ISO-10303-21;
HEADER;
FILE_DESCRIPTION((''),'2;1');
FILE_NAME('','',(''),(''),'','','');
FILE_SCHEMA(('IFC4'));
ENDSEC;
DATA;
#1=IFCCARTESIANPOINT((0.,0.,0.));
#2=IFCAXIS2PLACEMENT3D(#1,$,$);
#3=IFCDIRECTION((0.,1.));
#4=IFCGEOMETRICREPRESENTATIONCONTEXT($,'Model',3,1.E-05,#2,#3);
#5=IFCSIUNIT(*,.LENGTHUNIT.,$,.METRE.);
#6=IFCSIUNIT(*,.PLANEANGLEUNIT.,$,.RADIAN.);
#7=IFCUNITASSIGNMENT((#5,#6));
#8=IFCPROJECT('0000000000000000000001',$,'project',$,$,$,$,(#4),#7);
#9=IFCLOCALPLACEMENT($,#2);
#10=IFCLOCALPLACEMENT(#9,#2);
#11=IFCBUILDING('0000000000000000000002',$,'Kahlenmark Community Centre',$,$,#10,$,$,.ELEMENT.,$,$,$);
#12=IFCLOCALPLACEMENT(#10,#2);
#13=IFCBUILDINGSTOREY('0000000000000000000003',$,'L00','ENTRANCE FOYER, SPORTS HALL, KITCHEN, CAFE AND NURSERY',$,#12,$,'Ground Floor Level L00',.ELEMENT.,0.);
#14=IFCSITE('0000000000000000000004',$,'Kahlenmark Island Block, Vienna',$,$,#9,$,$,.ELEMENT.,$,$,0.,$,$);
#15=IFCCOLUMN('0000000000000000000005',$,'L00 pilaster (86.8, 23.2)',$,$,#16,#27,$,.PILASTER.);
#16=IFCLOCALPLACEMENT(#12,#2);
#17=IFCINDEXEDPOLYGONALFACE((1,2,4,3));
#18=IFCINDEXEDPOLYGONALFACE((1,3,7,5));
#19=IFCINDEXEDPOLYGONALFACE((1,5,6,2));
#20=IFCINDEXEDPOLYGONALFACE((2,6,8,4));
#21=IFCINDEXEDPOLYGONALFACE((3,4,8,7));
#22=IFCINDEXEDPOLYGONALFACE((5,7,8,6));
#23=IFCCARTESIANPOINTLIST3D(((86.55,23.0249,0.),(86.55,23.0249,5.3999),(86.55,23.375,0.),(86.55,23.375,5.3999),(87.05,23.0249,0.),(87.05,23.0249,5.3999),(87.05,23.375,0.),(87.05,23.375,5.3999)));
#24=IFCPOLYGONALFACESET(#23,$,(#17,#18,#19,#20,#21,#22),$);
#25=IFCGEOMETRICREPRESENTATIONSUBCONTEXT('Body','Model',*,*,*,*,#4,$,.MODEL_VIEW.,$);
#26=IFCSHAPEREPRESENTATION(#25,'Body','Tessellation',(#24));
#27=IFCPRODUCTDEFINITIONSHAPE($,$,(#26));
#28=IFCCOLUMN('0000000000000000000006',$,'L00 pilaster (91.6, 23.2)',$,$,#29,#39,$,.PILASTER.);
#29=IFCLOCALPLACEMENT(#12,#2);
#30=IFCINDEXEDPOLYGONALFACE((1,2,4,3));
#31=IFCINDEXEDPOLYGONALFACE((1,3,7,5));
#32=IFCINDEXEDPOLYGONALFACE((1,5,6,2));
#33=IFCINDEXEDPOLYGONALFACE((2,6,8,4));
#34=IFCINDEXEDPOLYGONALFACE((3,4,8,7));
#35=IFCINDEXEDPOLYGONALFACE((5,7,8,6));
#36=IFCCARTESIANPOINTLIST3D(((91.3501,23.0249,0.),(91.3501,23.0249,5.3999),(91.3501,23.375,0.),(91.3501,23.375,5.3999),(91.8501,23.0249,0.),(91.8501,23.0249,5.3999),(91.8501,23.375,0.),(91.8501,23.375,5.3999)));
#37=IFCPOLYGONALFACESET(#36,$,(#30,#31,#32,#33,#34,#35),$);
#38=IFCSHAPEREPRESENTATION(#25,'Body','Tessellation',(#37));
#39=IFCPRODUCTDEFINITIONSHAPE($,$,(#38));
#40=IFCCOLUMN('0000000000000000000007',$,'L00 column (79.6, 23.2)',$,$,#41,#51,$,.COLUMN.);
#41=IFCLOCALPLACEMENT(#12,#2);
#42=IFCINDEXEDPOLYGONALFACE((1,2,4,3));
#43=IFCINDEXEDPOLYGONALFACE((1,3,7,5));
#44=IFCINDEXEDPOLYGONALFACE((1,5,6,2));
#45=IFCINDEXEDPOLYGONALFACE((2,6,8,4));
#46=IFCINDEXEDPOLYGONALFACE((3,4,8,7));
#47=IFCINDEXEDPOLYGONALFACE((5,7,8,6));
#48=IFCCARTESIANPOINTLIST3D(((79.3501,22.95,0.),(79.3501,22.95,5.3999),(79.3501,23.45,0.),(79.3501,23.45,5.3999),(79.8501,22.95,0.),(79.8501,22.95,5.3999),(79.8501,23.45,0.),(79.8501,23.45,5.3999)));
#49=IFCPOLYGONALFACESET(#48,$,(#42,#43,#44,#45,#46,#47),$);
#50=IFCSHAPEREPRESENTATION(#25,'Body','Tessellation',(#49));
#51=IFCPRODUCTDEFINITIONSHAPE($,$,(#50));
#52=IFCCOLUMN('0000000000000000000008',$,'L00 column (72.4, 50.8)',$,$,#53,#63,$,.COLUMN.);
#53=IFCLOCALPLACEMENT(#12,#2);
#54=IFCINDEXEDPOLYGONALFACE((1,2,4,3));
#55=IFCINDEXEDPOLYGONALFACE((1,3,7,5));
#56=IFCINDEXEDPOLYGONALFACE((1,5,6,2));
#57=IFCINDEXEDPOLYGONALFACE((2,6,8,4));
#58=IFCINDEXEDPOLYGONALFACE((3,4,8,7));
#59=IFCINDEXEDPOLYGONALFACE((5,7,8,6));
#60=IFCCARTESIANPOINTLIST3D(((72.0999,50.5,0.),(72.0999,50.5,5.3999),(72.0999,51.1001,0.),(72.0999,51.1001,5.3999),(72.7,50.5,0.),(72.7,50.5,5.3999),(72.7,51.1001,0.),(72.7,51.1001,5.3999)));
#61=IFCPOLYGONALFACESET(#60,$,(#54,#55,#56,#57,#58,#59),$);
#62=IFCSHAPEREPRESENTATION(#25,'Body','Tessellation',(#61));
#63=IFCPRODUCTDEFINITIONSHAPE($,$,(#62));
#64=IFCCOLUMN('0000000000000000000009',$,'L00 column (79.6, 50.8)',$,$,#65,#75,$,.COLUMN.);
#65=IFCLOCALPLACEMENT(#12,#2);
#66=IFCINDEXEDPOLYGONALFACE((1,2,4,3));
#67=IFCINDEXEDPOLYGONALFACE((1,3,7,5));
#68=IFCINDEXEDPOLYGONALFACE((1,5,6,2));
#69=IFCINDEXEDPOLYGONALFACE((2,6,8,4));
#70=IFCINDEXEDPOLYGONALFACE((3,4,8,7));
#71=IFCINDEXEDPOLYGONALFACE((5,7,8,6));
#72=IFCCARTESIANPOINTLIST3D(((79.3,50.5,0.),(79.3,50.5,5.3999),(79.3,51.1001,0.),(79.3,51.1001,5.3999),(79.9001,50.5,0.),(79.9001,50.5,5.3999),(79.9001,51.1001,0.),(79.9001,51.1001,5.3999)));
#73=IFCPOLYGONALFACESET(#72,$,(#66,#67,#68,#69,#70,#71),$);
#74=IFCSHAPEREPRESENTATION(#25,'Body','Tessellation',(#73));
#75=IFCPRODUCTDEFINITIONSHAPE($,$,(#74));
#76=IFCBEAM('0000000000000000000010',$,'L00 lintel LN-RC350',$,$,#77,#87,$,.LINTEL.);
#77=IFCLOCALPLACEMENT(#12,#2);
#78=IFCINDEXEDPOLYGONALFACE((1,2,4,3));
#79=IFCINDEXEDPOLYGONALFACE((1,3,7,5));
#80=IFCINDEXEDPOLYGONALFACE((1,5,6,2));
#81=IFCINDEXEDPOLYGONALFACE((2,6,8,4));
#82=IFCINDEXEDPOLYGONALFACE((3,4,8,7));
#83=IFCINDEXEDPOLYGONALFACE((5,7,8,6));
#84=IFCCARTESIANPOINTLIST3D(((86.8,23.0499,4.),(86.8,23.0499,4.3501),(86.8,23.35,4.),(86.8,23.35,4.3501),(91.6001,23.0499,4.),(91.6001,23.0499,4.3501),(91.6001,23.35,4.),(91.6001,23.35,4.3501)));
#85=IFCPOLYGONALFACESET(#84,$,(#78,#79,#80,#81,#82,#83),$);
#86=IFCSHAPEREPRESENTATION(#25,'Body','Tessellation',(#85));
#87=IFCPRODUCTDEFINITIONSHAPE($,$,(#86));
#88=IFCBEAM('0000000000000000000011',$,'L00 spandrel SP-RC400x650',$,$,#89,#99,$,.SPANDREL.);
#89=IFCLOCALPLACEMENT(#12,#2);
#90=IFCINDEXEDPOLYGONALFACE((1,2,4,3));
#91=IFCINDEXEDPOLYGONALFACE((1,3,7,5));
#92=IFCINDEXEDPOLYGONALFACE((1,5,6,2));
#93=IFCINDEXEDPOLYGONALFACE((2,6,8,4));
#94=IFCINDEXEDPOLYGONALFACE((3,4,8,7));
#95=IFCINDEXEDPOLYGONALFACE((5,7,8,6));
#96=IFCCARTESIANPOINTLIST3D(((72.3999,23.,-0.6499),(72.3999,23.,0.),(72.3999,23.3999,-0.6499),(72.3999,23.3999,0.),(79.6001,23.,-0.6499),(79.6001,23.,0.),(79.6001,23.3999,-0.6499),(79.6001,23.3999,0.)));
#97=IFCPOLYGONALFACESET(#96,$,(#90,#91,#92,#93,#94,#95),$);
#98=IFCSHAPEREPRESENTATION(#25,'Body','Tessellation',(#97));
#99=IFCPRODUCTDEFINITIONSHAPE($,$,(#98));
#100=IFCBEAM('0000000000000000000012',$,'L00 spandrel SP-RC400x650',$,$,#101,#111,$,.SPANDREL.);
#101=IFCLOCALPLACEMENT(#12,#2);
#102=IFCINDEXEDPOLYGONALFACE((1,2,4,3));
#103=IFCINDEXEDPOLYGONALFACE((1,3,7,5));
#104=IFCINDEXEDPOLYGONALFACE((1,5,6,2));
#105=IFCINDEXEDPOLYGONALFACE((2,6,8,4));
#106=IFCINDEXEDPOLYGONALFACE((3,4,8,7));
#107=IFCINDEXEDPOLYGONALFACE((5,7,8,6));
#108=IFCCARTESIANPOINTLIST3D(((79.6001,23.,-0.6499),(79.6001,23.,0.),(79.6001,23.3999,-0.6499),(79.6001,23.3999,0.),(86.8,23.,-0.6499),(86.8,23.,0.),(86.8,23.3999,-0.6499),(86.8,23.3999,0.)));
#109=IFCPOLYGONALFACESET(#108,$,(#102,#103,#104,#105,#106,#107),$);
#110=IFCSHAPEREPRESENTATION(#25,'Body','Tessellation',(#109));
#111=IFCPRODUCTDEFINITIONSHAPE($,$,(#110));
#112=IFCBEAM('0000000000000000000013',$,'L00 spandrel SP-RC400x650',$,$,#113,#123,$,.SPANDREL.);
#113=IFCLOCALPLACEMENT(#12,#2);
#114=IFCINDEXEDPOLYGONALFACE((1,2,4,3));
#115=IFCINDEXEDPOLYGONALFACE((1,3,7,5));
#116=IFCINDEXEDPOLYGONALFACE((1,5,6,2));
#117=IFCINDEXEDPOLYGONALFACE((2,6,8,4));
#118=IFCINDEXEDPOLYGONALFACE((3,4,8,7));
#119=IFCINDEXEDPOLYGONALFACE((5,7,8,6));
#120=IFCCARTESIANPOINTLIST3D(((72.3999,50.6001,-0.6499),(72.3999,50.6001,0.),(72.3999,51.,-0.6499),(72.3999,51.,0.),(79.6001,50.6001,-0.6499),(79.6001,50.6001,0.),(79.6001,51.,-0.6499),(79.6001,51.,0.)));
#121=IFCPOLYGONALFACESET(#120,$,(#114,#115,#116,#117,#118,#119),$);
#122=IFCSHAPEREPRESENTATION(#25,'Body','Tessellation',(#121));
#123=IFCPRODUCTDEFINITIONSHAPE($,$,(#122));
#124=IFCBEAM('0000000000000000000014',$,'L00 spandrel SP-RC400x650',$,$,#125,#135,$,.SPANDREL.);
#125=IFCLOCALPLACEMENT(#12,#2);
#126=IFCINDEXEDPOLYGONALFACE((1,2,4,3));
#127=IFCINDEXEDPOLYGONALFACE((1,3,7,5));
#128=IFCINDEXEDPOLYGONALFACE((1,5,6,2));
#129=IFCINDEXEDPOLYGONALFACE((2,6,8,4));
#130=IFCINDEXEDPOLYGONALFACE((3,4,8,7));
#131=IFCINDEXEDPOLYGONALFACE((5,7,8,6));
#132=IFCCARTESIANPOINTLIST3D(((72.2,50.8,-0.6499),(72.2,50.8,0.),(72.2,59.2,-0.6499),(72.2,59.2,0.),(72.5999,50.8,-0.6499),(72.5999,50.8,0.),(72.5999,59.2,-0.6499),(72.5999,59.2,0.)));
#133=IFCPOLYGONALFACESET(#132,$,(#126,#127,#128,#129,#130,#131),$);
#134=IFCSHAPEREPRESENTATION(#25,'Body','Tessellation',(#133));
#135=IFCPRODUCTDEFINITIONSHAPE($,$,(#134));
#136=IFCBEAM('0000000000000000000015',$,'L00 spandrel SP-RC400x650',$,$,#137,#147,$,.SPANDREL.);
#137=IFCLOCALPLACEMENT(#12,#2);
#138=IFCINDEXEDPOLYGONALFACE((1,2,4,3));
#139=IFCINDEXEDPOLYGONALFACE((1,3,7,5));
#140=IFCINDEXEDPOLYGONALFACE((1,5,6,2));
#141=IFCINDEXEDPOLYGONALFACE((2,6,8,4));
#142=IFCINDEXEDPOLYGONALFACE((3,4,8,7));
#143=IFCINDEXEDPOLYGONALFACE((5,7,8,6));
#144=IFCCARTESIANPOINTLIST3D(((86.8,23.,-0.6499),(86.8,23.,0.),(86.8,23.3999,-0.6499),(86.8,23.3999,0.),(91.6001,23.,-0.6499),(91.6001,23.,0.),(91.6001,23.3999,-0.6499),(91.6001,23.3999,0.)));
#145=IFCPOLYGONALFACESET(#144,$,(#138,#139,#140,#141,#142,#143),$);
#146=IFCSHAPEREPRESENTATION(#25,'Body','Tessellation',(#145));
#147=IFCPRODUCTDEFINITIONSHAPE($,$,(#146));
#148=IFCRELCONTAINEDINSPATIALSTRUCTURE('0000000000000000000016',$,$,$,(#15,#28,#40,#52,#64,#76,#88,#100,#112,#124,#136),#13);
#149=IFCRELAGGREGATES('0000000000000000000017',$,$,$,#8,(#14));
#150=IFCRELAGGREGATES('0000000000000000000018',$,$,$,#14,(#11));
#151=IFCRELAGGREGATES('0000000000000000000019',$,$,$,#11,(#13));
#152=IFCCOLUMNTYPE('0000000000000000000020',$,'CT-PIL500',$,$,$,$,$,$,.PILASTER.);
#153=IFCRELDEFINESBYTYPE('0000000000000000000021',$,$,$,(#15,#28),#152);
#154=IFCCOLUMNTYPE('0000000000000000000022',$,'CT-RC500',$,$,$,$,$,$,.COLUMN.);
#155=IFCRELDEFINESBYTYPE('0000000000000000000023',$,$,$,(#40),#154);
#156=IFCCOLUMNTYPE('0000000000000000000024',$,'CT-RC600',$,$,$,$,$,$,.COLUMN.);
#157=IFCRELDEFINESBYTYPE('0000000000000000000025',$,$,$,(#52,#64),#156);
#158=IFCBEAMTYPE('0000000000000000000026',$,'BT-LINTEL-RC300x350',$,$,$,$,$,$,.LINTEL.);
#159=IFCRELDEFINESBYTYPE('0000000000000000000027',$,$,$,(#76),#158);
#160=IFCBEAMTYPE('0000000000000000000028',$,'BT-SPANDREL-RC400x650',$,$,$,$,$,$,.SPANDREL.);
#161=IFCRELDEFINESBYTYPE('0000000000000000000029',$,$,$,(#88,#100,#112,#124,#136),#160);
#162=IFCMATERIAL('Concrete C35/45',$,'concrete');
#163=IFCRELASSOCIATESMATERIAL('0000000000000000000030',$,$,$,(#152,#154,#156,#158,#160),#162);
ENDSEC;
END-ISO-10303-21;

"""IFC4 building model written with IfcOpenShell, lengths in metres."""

from ifc_helpers import new_model, si_unit, direction, frame, origin, origin_2d, place, context, subcontext, project, spatial, rectangle, extrude, material, material_profile, profile_set, type_object, element, save


model = new_model("IFC4")

# Units and contexts
model_context = context("Model", 3, precision=1e-05, world=origin(), true_north=direction((0.0, 1.0)))
body_context = subcontext(model_context, "Body", "Model", "MODEL_VIEW")
ifc_project = project(units=[si_unit("LENGTHUNIT", "METRE"), si_unit("PLANEANGLEUNIT", "RADIAN")], contexts=[model_context])

# Site, building, storey
site_placement = place(None, origin())
site = spatial("IfcSite", under=ifc_project, at=site_placement, Name="Kahlenmark Island Block, Vienna", CompositionType="ELEMENT", RefElevation=0.0)
building_placement = place(site_placement, origin())
building = spatial("IfcBuilding", under=site, at=building_placement, Name="Kahlenmark Community Centre", CompositionType="ELEMENT")
storey_placement = place(building_placement, origin())
storey = spatial("IfcBuildingStorey", under=building, at=storey_placement, Name="L00", Description="ENTRANCE FOYER, SPORTS HALL, KITCHEN, CAFE AND NURSERY", LongName="Ground Floor Level L00", CompositionType="ELEMENT", Elevation=0.0)

# Columns
ifc_material_1 = material(Name="Concrete C35/45", Category="concrete")
ifc_material_profile_1 = material_profile(ifc_material_1, rectangle(XDim=0.5, YDim=0.3501, at=origin_2d()), Name="RC 500x350")
ifc_profile_set_1 = profile_set([ifc_material_profile_1], Name="Concrete C35/45")
column_type_1 = type_object("IfcColumnType", Name="CT-PIL500", PredefinedType="PILASTER", material=ifc_profile_set_1)
for number, where, z_axis, x_axis, name in (
    (1, (86.8, 23.2, 0.0), (0.0, 0.0, 1.0), (1.0, 0.0, 0.0), "L00 pilaster (86.8, 23.2)"),
    (2, (91.6001, 23.2, 0.0), (0.0, 0.0, 1.0), (1.0, 0.0, 0.0), "L00 pilaster (91.6, 23.2)"),
):
    element("IfcColumn", number, at=place(storey_placement, frame(where, z_axis=z_axis, x_axis=x_axis)), inside=storey, type_object=column_type_1, Name=name, PredefinedType="PILASTER", context=body_context, shape_type="SweptSolid", body=[
        extrude(rectangle(XDim=0.5, YDim=0.3501, at=origin_2d()), origin(), (0.0, 0.0, 1.0), 5.3999),
    ])
ifc_material_profile_2 = material_profile(ifc_material_1, rectangle(XDim=0.5, YDim=0.5, at=origin_2d()), Name="RC 500x500")
ifc_profile_set_2 = profile_set([ifc_material_profile_2], Name="Concrete C35/45")
column_type_2 = type_object("IfcColumnType", Name="CT-RC500", PredefinedType="COLUMN", material=ifc_profile_set_2)
column_placement = place(storey_placement, frame((79.6001, 23.2, 0.0), z_axis=(0.0, 0.0, 1.0), x_axis=(1.0, 0.0, 0.0)))
element("IfcColumn", 3, at=column_placement, inside=storey, type_object=column_type_2, Name="L00 column (79.6, 23.2)", PredefinedType="COLUMN", context=body_context, shape_type="SweptSolid", body=[
    extrude(rectangle(XDim=0.5, YDim=0.5, at=origin_2d()), origin(), (0.0, 0.0, 1.0), 5.3999),
])
ifc_material_profile_3 = material_profile(ifc_material_1, rectangle(XDim=0.6001, YDim=0.6001, at=origin_2d()), Name="RC 600x600")
ifc_profile_set_3 = profile_set([ifc_material_profile_3], Name="Concrete C35/45")
column_type_3 = type_object("IfcColumnType", Name="CT-RC600", PredefinedType="COLUMN", material=ifc_profile_set_3)
for number, where, z_axis, x_axis, name in (
    (4, (72.3999, 50.8, 0.0), (0.0, 0.0, 1.0), (1.0, 0.0, 0.0), "L00 column (72.4, 50.8)"),
    (5, (79.6001, 50.8, 0.0), (0.0, 0.0, 1.0), (1.0, 0.0, 0.0), "L00 column (79.6, 50.8)"),
):
    element("IfcColumn", number, at=place(storey_placement, frame(where, z_axis=z_axis, x_axis=x_axis)), inside=storey, type_object=column_type_3, Name=name, PredefinedType="COLUMN", context=body_context, shape_type="SweptSolid", body=[
        extrude(rectangle(XDim=0.6001, YDim=0.6001, at=origin_2d()), origin(), (0.0, 0.0, 1.0), 5.3999),
    ])

# Beams
ifc_material_profile_4 = material_profile(ifc_material_1, rectangle(XDim=0.3, YDim=0.3501, at=origin_2d()), Name="RC 300x350")
ifc_profile_set_4 = profile_set([ifc_material_profile_4], Name="Concrete C35/45")
beam_type_1 = type_object("IfcBeamType", Name="BT-LINTEL-RC300x350", PredefinedType="LINTEL", material=ifc_profile_set_4)
beam_1_placement = place(storey_placement, frame((86.8, 23.2, 4.175), z_axis=(1.0, 0.0, 0.0), x_axis=(0.0, 1.0, 0.0)))
element("IfcBeam", 6, at=beam_1_placement, inside=storey, type_object=beam_type_1, Name="L00 lintel LN-RC350", PredefinedType="LINTEL", context=body_context, shape_type="SweptSolid", body=[
    extrude(rectangle(XDim=0.3, YDim=0.3501, at=origin_2d()), origin(), (0.0, 0.0, 1.0), 4.8),
])
ifc_material_profile_5 = material_profile(ifc_material_1, rectangle(XDim=0.3999, YDim=0.6499, at=origin_2d()), Name="RC 400x650")
ifc_profile_set_5 = profile_set([ifc_material_profile_5], Name="Concrete C35/45")
beam_type_2 = type_object("IfcBeamType", Name="BT-SPANDREL-RC400x650", PredefinedType="SPANDREL", material=ifc_profile_set_5)
beam_2_placement = place(storey_placement, frame((72.3999, 23.2, -0.325), z_axis=(1.0, 0.0, 0.0), x_axis=(0.0, 1.0, 0.0)))
element("IfcBeam", 7, at=beam_2_placement, inside=storey, type_object=beam_type_2, Name="L00 spandrel SP-RC400x650", PredefinedType="SPANDREL", context=body_context, shape_type="SweptSolid", body=[
    extrude(rectangle(XDim=0.3999, YDim=0.6499, at=origin_2d()), origin(), (0.0, 0.0, 1.0), 7.2002),
])
beam_3_placement = place(storey_placement, frame((79.6001, 23.2, -0.325), z_axis=(1.0, 0.0, 0.0), x_axis=(0.0, 1.0, 0.0)))
element("IfcBeam", 8, at=beam_3_placement, inside=storey, type_object=beam_type_2, Name="L00 spandrel SP-RC400x650", PredefinedType="SPANDREL", context=body_context, shape_type="SweptSolid", body=[
    extrude(rectangle(XDim=0.3999, YDim=0.6499, at=origin_2d()), origin(), (0.0, 0.0, 1.0), 7.2),
])
beam_4_placement = place(storey_placement, frame((72.3999, 50.8, -0.325), z_axis=(1.0, 0.0, 0.0), x_axis=(0.0, 1.0, 0.0)))
element("IfcBeam", 9, at=beam_4_placement, inside=storey, type_object=beam_type_2, Name="L00 spandrel SP-RC400x650", PredefinedType="SPANDREL", context=body_context, shape_type="SweptSolid", body=[
    extrude(rectangle(XDim=0.3999, YDim=0.6499, at=origin_2d()), origin(), (0.0, 0.0, 1.0), 7.2002),
])
beam_5_placement = place(storey_placement, frame((72.3999, 50.8, -0.325), z_axis=(0.0, 1.0, 0.0), x_axis=(-1.0, 0.0, 0.0)))
element("IfcBeam", 10, at=beam_5_placement, inside=storey, type_object=beam_type_2, Name="L00 spandrel SP-RC400x650", PredefinedType="SPANDREL", context=body_context, shape_type="SweptSolid", body=[
    extrude(rectangle(XDim=0.3999, YDim=0.6499, at=origin_2d()), origin(), (0.0, 0.0, 1.0), 8.3999),
])
beam_6_placement = place(storey_placement, frame((86.8, 23.2, -0.325), z_axis=(1.0, 0.0, 0.0), x_axis=(0.0, 1.0, 0.0)))
element("IfcBeam", 11, at=beam_6_placement, inside=storey, type_object=beam_type_2, Name="L00 spandrel SP-RC400x650", PredefinedType="SPANDREL", context=body_context, shape_type="SweptSolid", body=[
    extrude(rectangle(XDim=0.3999, YDim=0.6499, at=origin_2d()), origin(), (0.0, 0.0, 1.0), 4.8),
])

save(model, "model.ifc")
